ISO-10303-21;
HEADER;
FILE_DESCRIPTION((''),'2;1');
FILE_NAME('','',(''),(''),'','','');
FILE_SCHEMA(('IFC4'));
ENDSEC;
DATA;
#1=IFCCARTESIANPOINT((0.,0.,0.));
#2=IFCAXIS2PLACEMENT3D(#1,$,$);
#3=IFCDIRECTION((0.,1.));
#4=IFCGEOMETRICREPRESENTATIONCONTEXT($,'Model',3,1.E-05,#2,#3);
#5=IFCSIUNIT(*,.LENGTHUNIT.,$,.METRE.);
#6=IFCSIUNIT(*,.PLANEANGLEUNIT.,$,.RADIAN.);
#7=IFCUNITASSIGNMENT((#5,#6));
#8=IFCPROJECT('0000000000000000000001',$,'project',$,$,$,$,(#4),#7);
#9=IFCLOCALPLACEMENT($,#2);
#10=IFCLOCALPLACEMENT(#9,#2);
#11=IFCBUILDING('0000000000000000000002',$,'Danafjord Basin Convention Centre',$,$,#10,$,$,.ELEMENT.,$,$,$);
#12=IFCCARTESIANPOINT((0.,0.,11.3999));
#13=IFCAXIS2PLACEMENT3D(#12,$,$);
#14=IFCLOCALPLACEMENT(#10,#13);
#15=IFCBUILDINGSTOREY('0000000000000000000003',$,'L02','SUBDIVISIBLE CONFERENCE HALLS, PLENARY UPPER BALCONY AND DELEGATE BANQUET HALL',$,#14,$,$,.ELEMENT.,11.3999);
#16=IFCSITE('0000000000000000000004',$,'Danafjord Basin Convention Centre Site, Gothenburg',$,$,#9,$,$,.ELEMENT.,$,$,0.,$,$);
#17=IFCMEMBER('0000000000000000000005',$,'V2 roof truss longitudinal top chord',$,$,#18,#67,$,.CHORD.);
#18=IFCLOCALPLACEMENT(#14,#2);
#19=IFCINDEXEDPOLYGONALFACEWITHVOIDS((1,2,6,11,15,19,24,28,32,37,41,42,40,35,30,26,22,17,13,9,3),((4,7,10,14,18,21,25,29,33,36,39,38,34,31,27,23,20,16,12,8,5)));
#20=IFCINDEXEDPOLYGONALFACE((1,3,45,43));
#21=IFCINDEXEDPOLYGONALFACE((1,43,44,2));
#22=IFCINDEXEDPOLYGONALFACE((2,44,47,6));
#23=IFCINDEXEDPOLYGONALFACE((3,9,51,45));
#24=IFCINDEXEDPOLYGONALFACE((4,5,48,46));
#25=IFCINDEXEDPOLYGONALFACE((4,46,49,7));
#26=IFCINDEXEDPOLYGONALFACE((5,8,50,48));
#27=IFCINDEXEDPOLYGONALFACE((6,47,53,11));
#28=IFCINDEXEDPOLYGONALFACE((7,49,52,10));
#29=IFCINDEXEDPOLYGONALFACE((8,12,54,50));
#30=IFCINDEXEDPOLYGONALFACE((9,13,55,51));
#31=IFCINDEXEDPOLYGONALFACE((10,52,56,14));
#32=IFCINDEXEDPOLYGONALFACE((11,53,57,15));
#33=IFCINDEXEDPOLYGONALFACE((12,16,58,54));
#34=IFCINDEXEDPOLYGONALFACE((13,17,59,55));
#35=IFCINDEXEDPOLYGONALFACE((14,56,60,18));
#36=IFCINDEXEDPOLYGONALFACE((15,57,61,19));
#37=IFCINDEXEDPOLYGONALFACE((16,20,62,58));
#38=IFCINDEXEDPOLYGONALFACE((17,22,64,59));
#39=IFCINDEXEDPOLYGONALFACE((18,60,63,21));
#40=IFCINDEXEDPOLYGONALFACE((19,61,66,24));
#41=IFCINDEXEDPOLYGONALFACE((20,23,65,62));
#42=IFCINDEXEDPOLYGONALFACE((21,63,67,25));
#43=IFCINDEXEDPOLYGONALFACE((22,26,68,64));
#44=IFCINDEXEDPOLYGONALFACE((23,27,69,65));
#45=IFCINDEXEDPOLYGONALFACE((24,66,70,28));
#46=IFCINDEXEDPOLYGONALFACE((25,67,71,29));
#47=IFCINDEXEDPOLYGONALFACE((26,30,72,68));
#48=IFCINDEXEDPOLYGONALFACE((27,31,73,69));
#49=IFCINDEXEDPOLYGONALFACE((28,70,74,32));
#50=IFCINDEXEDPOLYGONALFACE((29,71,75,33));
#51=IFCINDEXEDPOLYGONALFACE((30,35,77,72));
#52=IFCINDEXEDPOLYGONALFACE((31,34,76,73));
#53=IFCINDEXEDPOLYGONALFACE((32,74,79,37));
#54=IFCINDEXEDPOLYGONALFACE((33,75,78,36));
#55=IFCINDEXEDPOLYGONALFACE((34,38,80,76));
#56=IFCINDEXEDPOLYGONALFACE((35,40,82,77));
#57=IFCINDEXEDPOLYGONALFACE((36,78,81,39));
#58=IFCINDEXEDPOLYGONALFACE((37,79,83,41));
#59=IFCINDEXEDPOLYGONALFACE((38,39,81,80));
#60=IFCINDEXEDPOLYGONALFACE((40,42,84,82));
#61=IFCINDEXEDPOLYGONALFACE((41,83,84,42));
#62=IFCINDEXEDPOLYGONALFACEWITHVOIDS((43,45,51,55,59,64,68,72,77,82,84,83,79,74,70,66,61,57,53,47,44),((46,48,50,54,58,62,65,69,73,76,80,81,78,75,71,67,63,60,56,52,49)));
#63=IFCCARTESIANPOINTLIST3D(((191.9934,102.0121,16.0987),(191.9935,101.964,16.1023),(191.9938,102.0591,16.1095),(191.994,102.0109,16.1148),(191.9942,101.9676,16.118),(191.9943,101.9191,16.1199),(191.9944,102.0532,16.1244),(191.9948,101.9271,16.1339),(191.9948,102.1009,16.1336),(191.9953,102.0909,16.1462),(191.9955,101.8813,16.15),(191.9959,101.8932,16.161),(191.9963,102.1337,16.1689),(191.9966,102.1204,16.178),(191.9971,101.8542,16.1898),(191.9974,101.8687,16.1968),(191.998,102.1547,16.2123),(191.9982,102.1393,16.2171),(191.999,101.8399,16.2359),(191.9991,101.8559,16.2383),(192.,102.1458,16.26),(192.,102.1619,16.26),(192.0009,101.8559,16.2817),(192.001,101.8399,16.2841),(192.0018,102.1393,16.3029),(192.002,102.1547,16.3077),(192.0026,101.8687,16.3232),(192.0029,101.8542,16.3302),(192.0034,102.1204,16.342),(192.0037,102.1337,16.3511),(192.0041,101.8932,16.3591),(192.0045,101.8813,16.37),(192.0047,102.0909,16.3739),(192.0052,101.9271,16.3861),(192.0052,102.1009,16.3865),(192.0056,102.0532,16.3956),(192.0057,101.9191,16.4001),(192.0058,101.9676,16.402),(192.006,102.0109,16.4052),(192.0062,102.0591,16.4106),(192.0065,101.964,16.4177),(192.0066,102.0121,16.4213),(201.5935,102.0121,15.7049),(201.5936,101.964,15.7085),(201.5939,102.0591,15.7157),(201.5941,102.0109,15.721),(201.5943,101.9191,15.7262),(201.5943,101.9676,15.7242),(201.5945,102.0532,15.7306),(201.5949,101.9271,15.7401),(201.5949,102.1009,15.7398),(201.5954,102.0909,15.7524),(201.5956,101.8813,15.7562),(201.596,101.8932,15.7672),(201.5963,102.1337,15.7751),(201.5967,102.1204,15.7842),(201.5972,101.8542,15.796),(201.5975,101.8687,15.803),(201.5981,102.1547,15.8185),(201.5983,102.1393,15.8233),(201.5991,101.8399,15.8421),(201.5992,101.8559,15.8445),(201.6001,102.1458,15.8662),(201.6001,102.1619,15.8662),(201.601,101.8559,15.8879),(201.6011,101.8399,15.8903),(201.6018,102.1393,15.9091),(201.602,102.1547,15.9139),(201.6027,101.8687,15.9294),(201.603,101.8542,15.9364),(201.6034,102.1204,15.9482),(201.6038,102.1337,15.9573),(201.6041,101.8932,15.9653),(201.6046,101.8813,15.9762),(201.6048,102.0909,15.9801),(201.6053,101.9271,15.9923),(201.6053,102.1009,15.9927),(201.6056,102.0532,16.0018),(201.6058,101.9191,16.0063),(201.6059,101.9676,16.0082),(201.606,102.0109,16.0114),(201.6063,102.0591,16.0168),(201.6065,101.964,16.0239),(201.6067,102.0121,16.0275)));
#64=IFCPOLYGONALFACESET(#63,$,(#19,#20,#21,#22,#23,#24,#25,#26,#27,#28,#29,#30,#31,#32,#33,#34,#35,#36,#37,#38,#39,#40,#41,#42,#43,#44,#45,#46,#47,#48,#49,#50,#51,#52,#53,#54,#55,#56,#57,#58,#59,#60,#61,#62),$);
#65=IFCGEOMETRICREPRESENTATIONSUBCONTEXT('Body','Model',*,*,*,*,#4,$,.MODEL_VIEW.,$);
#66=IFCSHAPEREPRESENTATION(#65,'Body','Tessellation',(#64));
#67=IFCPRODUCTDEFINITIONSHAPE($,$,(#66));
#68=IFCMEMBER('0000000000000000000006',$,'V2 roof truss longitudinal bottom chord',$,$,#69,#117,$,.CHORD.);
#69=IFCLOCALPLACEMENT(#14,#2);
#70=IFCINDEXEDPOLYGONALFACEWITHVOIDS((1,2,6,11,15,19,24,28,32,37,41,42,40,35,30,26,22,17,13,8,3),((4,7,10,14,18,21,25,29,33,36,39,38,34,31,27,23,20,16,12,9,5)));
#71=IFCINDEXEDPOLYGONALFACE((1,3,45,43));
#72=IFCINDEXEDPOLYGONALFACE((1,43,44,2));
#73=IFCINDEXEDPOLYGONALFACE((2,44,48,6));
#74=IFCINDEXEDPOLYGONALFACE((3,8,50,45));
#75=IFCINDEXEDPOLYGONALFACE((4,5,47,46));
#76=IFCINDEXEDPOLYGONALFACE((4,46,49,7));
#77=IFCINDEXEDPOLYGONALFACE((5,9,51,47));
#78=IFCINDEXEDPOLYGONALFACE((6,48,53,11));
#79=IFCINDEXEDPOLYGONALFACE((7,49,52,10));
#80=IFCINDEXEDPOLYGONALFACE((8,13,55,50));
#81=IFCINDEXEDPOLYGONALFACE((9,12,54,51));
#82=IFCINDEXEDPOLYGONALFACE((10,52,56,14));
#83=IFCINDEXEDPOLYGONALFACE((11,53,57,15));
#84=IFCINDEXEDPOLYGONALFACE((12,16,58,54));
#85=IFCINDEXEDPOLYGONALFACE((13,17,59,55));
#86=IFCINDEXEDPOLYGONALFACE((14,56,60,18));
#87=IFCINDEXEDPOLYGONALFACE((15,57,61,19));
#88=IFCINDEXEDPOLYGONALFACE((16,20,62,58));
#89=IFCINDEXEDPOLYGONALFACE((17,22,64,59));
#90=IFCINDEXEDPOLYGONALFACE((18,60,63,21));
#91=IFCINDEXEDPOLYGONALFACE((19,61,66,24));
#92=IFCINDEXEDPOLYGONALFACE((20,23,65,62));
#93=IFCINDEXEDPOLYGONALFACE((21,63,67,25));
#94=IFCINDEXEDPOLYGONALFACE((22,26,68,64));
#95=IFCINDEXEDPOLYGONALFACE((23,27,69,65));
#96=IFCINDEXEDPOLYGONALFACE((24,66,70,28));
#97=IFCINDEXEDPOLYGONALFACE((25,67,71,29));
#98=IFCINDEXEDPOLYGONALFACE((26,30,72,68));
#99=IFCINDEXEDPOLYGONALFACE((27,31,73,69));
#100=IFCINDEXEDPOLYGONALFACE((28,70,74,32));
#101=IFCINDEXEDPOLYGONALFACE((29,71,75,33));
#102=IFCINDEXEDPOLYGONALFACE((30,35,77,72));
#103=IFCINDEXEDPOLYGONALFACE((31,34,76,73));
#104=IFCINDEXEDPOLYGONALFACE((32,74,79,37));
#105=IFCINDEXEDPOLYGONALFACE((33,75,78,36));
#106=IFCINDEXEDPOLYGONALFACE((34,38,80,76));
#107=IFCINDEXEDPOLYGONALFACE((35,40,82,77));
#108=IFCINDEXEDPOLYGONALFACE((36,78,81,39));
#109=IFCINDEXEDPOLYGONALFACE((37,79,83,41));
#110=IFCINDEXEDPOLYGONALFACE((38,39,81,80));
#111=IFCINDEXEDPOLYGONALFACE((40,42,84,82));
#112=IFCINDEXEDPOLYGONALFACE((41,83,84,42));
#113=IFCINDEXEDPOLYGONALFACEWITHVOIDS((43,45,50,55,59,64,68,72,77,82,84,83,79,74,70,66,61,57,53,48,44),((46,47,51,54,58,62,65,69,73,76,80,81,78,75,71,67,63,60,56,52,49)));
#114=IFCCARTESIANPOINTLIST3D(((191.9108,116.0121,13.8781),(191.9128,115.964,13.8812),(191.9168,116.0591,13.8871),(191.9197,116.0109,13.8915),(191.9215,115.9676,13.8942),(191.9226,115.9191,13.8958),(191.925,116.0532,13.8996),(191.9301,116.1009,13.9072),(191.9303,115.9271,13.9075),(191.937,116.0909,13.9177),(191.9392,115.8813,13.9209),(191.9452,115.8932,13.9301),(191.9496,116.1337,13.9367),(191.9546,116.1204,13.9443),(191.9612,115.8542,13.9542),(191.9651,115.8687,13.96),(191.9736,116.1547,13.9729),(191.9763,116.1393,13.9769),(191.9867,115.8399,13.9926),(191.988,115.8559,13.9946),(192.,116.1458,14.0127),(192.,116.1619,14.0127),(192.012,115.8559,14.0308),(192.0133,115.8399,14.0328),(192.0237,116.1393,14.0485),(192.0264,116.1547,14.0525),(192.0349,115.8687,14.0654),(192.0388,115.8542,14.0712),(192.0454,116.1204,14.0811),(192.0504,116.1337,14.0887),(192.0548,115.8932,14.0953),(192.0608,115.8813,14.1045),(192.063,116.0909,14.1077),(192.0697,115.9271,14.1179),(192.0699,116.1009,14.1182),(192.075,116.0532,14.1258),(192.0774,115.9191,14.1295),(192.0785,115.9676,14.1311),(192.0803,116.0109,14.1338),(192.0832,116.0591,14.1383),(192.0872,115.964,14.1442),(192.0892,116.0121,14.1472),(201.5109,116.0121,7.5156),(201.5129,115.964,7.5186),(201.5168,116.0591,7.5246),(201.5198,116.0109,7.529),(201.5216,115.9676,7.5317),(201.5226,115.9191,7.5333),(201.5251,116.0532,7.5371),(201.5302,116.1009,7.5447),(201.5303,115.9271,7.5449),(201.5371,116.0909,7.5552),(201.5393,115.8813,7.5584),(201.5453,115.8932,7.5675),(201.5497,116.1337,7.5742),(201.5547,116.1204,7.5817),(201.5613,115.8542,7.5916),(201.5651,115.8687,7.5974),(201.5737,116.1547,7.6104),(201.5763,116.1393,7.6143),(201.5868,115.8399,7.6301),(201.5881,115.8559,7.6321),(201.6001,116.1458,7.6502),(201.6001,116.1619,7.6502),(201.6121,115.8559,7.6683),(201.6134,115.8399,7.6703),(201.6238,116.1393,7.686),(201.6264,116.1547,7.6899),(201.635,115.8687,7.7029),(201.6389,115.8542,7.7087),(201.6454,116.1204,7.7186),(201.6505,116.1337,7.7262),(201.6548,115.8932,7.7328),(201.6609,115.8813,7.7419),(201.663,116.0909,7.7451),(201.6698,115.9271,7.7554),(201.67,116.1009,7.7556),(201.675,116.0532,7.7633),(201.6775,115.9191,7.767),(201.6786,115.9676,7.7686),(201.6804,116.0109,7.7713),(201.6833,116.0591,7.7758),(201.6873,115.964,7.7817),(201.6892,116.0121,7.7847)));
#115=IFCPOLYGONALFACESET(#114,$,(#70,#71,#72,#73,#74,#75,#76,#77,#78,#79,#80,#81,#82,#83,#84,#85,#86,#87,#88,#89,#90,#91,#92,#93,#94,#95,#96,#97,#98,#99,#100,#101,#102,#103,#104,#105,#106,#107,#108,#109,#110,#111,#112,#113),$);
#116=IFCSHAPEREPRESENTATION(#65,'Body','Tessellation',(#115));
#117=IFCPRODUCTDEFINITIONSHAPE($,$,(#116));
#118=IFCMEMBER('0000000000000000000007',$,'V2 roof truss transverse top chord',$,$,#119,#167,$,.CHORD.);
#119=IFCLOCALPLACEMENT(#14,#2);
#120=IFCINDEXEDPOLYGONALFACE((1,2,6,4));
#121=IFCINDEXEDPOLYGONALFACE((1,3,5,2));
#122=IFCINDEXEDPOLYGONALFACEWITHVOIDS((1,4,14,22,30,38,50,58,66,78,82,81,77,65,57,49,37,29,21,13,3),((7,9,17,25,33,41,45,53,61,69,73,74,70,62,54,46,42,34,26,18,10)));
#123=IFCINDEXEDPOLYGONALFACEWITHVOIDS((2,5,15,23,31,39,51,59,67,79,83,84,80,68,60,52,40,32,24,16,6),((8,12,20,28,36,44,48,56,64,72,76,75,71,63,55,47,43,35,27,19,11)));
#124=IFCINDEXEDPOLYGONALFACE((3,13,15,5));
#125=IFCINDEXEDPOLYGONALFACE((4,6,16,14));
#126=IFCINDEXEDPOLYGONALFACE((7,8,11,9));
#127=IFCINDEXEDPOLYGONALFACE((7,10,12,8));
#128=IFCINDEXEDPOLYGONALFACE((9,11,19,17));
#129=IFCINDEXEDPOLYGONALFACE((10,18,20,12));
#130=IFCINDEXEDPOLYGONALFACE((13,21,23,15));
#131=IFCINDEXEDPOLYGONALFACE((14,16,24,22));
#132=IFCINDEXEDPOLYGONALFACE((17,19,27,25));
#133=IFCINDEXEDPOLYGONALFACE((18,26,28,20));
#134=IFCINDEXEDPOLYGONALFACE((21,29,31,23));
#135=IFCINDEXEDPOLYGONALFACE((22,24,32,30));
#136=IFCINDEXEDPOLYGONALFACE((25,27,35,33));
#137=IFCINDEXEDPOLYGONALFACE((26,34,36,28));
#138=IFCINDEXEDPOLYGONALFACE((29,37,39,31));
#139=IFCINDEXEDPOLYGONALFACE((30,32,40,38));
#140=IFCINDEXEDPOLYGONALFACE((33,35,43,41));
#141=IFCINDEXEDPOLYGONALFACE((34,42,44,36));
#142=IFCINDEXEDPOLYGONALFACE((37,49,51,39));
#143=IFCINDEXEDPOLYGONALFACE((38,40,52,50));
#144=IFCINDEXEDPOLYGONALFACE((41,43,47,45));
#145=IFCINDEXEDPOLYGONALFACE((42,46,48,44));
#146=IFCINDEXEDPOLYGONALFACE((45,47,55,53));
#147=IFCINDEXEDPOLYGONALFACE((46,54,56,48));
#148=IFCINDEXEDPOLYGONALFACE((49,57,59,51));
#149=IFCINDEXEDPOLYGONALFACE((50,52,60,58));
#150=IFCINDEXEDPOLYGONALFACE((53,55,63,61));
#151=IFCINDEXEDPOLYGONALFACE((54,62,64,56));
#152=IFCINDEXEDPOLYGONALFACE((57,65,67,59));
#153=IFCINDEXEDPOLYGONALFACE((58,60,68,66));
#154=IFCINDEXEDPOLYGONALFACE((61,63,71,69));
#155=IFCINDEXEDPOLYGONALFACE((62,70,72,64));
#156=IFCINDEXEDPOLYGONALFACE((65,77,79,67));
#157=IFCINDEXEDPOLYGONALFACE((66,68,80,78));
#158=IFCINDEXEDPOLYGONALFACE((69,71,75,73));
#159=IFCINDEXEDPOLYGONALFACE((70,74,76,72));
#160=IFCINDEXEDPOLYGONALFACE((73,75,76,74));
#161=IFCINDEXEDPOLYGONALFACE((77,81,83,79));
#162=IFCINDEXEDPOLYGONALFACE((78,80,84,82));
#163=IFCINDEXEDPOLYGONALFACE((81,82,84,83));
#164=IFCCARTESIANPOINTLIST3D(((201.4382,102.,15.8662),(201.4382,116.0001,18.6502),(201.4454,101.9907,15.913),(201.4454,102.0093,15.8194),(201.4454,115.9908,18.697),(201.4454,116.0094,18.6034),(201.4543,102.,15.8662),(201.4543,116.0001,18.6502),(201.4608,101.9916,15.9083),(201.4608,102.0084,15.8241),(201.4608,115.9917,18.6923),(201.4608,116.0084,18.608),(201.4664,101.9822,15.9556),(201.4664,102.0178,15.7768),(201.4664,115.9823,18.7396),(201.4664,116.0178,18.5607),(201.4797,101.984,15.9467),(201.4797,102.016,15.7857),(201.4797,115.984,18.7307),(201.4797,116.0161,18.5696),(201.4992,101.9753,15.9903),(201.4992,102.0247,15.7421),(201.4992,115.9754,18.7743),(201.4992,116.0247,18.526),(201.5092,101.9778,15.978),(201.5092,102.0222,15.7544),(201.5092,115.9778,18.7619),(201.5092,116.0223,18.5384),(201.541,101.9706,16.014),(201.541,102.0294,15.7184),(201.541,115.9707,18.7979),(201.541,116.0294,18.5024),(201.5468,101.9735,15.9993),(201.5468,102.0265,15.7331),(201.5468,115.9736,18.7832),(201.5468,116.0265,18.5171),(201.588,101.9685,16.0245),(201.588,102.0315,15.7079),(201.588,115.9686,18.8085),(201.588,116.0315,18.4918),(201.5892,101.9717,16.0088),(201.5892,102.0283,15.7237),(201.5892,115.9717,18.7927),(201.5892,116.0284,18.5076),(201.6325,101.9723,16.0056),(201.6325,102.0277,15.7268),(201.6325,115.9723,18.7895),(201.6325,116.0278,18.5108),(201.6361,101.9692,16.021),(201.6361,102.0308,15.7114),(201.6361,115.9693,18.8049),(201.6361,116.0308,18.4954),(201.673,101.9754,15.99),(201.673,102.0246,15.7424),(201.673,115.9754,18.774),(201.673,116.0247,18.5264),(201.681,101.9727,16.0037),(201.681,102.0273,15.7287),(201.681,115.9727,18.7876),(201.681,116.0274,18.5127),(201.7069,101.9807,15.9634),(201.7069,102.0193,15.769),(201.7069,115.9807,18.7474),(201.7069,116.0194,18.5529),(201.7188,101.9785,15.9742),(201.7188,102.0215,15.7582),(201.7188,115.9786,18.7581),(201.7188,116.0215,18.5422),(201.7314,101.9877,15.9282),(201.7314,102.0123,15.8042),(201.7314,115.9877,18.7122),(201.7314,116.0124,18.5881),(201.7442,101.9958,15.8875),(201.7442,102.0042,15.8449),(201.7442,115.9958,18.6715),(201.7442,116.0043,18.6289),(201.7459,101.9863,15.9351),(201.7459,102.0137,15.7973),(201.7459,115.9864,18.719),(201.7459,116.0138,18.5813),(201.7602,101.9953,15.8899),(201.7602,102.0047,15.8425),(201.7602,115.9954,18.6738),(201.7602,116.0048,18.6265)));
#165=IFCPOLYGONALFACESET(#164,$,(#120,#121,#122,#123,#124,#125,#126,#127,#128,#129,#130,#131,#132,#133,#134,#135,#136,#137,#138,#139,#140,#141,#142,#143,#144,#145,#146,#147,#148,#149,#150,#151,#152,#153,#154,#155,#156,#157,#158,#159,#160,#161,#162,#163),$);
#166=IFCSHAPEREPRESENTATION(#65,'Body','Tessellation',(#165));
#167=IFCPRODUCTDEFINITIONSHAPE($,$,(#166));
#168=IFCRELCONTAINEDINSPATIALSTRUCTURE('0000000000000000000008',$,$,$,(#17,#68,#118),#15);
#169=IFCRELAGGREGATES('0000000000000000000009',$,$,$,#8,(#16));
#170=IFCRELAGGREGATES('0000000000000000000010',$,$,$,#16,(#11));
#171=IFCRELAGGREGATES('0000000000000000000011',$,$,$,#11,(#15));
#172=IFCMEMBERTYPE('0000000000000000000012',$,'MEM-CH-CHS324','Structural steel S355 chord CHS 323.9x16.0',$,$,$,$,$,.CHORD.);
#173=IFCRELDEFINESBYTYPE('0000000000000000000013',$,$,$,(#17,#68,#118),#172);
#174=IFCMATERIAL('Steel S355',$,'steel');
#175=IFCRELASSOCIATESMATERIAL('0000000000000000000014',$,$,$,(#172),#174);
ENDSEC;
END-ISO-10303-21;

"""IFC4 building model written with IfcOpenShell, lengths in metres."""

from ifc_helpers import new_model, si_unit, direction, frame, origin, origin_2d, place, context, subcontext, project, spatial, hollow_circle, extrude, material, material_profile, profile_set, type_object, element, save


model = new_model("IFC4")

# Units and contexts
model_context = context("Model", 3, precision=1e-05, world=origin(), true_north=direction((0.0, 1.0)))
body_context = subcontext(model_context, "Body", "Model", "MODEL_VIEW")
ifc_project = project(units=[si_unit("LENGTHUNIT", "METRE"), si_unit("PLANEANGLEUNIT", "RADIAN")], contexts=[model_context])

# Site, building, storey
site_placement = place(None, origin())
site = spatial("IfcSite", under=ifc_project, at=site_placement, Name="Danafjord Basin Convention Centre Site, Gothenburg", CompositionType="ELEMENT", RefElevation=0.0)
building_placement = place(site_placement, origin())
building = spatial("IfcBuilding", under=site, at=building_placement, Name="Danafjord Basin Convention Centre", CompositionType="ELEMENT")
storey_placement = place(building_placement, frame((0.0, 0.0, 11.3999)))
storey = spatial("IfcBuildingStorey", under=building, at=storey_placement, Name="L02", Description="SUBDIVISIBLE CONFERENCE HALLS, PLENARY UPPER BALCONY AND DELEGATE BANQUET HALL", CompositionType="ELEMENT", Elevation=11.3999)

# Members
ifc_material = material(Name="Steel S355", Category="steel")
ifc_material_profile_1 = material_profile(ifc_material, hollow_circle(Radius=0.1619, WallThickness=0.0161, at=origin_2d()), Name="CHS 323.9x16.0")
ifc_profile_set_1 = profile_set([ifc_material_profile_1], Name="Steel S355")
member_type_1 = type_object("IfcMemberType", Name="MEM-CH-CHS324", Description="Structural steel S355 chord CHS 323.9x16.0", PredefinedType="CHORD", material=ifc_profile_set_1)
member_1_placement = place(storey_placement, frame((192.0, 102.0, 16.26), z_axis=(0.99916, 0.0, -0.040986), x_axis=(0.0, 1.0, 0.0)))
element("IfcMember", 1, at=member_1_placement, inside=storey, type_object=member_type_1, Name="V2 roof truss longitudinal top chord", PredefinedType="CHORD", context=body_context, shape_type="SweptSolid", body=[
    extrude(hollow_circle(Radius=0.1619, WallThickness=0.0161, at=origin_2d()), origin(), (0.0, 0.0, 1.0), 9.6082),
])
member_2_placement = place(storey_placement, frame((192.0, 116.0, 14.0127), z_axis=(0.833551, 0.0, -0.552443), x_axis=(0.0, 1.0, 0.0)))
element("IfcMember", 2, at=member_2_placement, inside=storey, type_object=member_type_1, Name="V2 roof truss longitudinal bottom chord", PredefinedType="CHORD", context=body_context, shape_type="SweptSolid", body=[
    extrude(hollow_circle(Radius=0.1619, WallThickness=0.0161, at=origin_2d()), origin(), (0.0, 0.0, 1.0), 11.5171),
])
member_3_placement = place(storey_placement, frame((201.6001, 102.0, 15.8662), z_axis=(0.0, 0.980797, 0.195034), x_axis=(-1.0, 0.0, 0.0)))
element("IfcMember", 3, at=member_3_placement, inside=storey, type_object=member_type_1, Name="V2 roof truss transverse top chord", PredefinedType="CHORD", context=body_context, shape_type="SweptSolid", body=[
    extrude(hollow_circle(Radius=0.1619, WallThickness=0.0161, at=origin_2d()), origin(), (0.0, 0.0, 1.0), 14.2742),
])

save(model, "model.ifc")
